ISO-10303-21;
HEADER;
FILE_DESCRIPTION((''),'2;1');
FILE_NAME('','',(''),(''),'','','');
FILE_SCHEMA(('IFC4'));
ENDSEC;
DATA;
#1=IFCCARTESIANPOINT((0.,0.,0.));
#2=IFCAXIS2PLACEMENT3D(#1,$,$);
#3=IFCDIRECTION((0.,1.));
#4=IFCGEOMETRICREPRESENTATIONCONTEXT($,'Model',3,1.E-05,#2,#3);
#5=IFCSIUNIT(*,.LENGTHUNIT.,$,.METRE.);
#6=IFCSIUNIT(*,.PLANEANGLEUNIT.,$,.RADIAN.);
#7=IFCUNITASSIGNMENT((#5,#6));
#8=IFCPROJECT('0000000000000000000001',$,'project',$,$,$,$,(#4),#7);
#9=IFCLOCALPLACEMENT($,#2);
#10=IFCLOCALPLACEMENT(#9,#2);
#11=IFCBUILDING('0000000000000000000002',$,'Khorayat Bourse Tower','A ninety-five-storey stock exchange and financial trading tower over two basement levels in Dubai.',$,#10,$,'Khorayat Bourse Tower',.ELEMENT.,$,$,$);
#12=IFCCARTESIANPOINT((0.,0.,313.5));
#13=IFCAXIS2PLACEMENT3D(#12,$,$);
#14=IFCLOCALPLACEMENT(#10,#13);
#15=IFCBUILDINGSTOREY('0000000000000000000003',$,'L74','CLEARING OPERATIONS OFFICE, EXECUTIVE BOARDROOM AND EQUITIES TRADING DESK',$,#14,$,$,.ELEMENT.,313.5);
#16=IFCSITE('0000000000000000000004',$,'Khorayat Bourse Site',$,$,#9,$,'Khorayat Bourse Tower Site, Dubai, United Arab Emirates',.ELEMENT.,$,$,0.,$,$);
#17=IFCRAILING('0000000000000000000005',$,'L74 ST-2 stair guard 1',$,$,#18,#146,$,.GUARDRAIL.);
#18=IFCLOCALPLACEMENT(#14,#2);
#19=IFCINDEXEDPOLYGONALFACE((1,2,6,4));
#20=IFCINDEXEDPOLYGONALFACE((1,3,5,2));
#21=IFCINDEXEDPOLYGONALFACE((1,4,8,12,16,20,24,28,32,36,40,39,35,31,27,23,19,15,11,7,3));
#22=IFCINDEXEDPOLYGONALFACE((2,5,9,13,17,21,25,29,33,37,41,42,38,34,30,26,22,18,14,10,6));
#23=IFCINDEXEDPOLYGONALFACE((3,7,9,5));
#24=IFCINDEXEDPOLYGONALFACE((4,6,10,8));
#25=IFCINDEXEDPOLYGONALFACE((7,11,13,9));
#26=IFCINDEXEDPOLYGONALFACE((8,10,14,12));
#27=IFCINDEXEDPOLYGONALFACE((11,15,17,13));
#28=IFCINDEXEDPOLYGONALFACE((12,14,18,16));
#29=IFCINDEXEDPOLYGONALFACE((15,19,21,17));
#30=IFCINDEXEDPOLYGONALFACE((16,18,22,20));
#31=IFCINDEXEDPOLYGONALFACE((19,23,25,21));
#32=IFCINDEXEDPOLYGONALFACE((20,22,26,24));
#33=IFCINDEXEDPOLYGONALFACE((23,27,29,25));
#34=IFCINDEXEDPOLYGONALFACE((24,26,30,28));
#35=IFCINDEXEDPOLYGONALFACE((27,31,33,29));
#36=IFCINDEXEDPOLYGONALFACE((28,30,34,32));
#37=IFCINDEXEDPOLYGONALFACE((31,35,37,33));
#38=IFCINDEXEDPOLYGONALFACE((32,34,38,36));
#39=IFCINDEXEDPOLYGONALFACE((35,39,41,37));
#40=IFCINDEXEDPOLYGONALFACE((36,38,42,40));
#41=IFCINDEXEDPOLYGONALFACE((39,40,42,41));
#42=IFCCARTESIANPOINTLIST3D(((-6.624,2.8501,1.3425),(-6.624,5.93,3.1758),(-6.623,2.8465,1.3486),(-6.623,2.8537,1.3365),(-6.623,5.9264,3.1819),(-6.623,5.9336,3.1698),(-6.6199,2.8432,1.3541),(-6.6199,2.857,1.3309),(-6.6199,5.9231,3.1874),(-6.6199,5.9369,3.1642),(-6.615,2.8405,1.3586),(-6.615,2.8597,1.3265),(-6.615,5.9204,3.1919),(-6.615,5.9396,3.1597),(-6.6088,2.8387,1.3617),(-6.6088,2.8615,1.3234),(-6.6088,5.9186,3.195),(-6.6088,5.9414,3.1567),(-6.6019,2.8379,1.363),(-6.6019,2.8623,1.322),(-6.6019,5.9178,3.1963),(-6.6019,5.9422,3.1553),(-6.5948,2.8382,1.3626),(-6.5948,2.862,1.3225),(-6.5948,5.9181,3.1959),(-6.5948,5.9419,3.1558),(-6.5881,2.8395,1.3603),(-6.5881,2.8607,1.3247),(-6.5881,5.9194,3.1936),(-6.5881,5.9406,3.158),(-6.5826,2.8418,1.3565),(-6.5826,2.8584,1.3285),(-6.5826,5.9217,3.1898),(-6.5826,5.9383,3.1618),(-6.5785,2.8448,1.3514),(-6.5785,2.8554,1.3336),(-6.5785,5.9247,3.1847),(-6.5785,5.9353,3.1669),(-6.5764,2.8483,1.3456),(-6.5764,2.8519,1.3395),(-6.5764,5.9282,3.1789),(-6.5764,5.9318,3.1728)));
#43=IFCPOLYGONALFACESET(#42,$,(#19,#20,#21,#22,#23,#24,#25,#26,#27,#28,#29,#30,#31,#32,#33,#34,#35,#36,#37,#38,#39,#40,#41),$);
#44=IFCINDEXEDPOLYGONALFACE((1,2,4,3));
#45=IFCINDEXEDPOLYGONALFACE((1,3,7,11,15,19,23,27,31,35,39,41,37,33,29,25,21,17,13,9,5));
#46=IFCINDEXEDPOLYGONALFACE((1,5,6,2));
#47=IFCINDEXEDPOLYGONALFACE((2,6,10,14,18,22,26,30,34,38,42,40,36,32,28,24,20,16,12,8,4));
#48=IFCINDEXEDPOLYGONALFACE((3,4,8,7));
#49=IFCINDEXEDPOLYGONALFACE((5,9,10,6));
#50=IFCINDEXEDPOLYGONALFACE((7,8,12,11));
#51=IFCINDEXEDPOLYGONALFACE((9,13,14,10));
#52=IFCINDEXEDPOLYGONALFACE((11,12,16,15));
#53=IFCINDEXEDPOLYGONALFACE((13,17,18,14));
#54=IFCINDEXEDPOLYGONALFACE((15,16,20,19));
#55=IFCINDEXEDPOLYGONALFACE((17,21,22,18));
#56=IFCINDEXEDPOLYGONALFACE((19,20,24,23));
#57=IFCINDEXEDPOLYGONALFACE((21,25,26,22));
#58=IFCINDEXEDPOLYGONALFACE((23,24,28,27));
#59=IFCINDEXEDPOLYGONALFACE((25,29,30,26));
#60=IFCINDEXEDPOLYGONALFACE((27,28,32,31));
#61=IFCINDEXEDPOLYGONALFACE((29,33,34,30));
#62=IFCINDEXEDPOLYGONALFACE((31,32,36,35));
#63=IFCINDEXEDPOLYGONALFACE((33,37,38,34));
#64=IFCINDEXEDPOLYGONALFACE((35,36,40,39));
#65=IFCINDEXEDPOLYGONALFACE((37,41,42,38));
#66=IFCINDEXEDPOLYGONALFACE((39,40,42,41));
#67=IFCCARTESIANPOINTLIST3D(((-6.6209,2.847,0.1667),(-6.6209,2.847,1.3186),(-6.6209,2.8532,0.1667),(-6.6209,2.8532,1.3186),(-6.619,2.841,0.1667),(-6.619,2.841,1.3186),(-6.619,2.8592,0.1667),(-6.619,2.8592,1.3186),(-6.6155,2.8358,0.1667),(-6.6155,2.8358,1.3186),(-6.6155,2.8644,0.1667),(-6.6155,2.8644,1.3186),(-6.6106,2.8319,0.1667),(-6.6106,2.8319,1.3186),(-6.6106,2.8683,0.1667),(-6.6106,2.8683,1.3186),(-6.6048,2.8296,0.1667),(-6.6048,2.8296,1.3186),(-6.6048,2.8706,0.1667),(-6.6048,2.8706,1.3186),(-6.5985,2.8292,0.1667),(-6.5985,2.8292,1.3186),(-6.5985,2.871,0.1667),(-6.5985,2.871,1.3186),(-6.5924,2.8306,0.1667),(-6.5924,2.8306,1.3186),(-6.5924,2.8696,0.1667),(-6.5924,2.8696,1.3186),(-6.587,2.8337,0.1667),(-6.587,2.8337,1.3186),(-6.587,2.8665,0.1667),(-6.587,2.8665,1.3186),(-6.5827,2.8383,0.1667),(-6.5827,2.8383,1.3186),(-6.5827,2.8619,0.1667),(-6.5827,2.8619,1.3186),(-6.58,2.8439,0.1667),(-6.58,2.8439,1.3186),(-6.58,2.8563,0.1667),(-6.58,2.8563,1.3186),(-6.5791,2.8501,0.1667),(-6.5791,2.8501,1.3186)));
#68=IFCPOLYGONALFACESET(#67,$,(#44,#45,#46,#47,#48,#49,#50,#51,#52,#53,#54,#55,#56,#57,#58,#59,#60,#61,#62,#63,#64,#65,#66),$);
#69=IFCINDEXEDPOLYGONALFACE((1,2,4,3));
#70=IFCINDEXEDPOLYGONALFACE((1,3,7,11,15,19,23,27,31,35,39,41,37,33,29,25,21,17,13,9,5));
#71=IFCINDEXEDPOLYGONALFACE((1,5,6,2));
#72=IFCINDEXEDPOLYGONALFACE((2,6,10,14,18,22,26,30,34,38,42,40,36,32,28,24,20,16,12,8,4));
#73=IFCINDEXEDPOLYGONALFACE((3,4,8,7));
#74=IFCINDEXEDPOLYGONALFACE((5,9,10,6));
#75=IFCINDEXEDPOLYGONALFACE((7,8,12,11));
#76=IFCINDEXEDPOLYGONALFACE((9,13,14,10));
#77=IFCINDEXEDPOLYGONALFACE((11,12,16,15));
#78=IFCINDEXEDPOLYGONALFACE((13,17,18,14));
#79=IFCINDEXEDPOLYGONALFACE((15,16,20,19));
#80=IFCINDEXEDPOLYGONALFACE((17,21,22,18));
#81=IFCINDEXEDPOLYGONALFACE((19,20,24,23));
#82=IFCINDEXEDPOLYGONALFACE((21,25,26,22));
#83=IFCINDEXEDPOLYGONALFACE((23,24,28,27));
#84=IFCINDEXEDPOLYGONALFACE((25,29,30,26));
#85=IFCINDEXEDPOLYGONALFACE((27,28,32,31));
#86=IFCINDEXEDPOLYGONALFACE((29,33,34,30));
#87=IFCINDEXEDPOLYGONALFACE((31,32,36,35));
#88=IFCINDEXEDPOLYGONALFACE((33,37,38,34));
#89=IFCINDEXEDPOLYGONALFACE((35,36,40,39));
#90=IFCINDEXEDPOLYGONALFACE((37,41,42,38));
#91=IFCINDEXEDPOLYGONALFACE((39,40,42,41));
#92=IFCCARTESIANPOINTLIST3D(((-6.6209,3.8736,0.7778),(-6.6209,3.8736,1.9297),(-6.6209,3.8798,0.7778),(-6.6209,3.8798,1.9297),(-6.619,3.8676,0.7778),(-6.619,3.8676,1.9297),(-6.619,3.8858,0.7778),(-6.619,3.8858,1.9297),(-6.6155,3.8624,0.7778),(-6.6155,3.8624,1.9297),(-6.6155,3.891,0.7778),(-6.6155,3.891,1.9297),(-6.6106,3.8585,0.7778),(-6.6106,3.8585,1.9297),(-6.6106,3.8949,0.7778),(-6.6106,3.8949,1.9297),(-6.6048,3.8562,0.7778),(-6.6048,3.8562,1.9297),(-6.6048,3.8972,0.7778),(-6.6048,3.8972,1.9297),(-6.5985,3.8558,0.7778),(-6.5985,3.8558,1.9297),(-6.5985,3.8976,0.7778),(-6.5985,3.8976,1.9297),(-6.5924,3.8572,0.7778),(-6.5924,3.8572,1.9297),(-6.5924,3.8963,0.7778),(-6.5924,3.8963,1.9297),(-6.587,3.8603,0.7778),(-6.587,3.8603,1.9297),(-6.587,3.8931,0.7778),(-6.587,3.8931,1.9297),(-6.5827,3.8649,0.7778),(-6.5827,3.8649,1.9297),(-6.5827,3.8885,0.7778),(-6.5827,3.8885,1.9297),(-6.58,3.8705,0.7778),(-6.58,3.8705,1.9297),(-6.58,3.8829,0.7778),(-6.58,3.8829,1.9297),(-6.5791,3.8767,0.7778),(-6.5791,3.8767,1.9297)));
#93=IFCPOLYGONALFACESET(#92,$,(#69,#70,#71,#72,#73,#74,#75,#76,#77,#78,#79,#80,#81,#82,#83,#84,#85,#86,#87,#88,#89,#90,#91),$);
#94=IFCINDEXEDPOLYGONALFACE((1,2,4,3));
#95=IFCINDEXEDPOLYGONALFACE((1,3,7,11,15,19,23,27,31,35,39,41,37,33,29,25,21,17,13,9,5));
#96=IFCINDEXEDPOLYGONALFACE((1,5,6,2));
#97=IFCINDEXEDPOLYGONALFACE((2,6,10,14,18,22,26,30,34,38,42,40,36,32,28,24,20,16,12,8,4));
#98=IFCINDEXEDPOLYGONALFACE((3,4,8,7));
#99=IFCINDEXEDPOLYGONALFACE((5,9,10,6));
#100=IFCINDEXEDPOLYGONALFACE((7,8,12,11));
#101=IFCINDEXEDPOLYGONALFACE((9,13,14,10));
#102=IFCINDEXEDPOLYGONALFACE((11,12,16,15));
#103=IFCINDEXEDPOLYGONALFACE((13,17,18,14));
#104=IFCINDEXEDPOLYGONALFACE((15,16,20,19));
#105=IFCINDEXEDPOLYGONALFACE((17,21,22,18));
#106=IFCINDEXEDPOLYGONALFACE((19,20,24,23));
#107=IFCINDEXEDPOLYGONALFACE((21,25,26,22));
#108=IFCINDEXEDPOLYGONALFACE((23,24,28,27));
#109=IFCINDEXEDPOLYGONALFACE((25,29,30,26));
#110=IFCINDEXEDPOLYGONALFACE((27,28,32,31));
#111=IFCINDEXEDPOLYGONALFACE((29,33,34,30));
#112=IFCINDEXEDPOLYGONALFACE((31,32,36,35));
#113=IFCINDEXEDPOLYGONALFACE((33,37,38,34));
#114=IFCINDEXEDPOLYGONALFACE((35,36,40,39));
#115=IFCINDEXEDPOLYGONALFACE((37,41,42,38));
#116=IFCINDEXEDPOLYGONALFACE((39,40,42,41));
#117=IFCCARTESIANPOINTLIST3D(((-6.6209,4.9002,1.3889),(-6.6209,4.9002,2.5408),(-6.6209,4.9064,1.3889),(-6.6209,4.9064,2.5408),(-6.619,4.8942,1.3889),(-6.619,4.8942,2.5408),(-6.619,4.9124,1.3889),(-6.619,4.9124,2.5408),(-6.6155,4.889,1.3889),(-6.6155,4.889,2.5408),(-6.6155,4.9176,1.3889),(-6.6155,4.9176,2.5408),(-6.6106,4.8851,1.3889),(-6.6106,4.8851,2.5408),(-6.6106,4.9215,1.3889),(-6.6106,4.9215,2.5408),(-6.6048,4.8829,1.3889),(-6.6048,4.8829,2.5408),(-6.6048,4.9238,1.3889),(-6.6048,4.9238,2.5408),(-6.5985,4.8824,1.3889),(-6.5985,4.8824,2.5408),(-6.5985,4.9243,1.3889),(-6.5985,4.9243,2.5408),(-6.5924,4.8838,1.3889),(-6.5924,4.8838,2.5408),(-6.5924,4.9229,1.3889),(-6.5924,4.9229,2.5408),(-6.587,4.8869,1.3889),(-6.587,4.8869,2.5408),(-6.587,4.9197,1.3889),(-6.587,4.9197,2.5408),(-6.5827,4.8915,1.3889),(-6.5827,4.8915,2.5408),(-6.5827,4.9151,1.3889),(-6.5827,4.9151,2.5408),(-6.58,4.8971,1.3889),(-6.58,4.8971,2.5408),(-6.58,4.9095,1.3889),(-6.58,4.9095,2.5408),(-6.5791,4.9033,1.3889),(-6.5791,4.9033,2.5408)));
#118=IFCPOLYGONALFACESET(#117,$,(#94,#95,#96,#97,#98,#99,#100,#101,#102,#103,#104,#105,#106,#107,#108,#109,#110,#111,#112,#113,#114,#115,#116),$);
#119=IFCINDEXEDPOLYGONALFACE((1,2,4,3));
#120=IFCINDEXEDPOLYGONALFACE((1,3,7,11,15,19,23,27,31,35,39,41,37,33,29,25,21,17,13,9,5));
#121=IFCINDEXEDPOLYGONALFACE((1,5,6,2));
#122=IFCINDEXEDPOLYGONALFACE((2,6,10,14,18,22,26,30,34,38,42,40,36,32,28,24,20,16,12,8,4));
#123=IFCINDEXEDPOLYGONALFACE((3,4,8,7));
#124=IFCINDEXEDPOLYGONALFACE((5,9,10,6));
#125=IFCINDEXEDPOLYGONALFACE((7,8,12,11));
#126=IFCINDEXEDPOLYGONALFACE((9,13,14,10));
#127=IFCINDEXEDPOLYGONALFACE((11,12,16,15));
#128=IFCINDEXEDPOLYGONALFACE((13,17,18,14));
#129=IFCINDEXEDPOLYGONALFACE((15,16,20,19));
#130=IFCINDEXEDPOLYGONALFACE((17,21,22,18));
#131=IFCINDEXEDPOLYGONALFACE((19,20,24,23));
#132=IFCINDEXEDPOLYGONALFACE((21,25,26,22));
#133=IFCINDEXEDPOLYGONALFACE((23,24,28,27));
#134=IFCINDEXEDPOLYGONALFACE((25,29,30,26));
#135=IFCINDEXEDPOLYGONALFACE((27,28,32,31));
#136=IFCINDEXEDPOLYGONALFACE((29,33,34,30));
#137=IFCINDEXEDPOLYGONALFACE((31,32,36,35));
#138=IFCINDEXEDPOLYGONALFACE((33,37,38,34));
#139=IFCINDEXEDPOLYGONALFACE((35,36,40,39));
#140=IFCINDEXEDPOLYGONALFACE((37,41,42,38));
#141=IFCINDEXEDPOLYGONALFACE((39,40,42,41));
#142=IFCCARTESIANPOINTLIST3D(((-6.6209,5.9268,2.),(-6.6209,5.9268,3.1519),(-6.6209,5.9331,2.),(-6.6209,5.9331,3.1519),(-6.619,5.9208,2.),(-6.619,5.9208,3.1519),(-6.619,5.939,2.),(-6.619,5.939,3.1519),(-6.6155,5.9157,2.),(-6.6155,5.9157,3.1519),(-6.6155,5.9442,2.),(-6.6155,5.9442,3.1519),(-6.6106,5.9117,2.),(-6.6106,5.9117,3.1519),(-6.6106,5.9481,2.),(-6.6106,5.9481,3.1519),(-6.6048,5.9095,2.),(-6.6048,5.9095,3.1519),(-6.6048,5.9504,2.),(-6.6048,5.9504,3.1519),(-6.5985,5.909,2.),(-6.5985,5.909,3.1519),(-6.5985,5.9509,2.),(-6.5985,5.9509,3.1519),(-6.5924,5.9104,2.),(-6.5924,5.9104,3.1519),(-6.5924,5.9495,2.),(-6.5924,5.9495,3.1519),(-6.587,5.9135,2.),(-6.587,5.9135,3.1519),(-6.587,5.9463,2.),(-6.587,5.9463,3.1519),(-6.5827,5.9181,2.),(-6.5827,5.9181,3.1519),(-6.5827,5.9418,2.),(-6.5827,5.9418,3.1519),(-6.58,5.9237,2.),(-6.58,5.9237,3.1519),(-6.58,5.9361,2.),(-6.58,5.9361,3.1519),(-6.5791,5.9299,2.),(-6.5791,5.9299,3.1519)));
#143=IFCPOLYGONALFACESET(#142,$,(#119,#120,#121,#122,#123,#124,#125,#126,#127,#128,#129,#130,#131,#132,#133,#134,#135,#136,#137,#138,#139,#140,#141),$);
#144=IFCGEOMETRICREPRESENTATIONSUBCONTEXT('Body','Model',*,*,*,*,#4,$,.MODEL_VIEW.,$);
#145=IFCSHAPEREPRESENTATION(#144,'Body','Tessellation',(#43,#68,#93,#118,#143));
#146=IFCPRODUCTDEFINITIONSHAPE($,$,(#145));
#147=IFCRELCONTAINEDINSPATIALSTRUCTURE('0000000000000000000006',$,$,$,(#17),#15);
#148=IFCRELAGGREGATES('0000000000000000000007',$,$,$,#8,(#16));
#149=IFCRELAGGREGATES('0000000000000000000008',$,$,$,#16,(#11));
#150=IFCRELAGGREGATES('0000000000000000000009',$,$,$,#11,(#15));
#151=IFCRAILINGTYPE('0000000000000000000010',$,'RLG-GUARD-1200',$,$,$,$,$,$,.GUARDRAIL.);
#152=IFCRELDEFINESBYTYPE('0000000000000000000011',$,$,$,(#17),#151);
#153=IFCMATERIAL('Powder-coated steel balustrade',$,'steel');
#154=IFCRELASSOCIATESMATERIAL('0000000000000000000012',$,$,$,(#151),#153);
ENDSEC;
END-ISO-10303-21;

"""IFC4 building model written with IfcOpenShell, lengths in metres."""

from ifc_helpers import new_model, si_unit, direction, frame, origin, origin_2d, place, context, subcontext, project, spatial, circle, extrude, source, transform, mapped, material, type_object, element, save


model = new_model("IFC4")

# Units and contexts
model_context = context("Model", 3, precision=1e-05, world=origin(), true_north=direction((0.0, 1.0)))
body_context = subcontext(model_context, "Body", "Model", "MODEL_VIEW")
ifc_project = project(units=[si_unit("LENGTHUNIT", "METRE"), si_unit("PLANEANGLEUNIT", "RADIAN")], contexts=[model_context])

# Site, building, storey
site_placement = place(None, origin())
site = spatial("IfcSite", under=ifc_project, at=site_placement, Name="Khorayat Bourse Site", LongName="Khorayat Bourse Tower Site, Dubai, United Arab Emirates", CompositionType="ELEMENT", RefElevation=0.0)
building_placement = place(site_placement, origin())
building = spatial("IfcBuilding", under=site, at=building_placement, Name="Khorayat Bourse Tower", Description="A ninety-five-storey stock exchange and financial trading tower over two basement levels in Dubai.", LongName="Khorayat Bourse Tower", CompositionType="ELEMENT")
storey_placement = place(building_placement, frame((0.0, 0.0, 313.5)))
storey = spatial("IfcBuildingStorey", under=building, at=storey_placement, Name="L74", Description="CLEARING OPERATIONS OFFICE, EXECUTIVE BOARDROOM AND EQUITIES TRADING DESK", CompositionType="ELEMENT", Elevation=313.5)

# Railing
ifc_material_1 = material(Name="Powder-coated steel balustrade", Category="steel")
railing_type_1 = type_object("IfcRailingType", Name="RLG-GUARD-1200", PredefinedType="GUARDRAIL", material=ifc_material_1)
shared_shape_1 = source(origin(), body_context, "Body", "SweptSolid", [
    extrude(circle(Radius=0.0239, at=origin_2d()), frame((0.0, 0.0, 1.1758), z_axis=(0.0, 0.859291, 0.511487), x_axis=(-1.0, 0.0, 0.0)), (0.0, 0.0, 1.0), 3.5842),
    extrude(circle(Radius=0.021, at=origin_2d()), origin(), (0.0, 0.0, 1.0), 1.1519),
    extrude(circle(Radius=0.021, at=origin_2d()), frame((0.0, 1.0266, 0.6111)), (0.0, 0.0, 1.0), 1.1519),
    extrude(circle(Radius=0.021, at=origin_2d()), frame((0.0, 2.0532, 1.2222)), (0.0, 0.0, 1.0), 1.1519),
    extrude(circle(Radius=0.021, at=origin_2d()), frame((0.0, 3.0798, 1.8333)), (0.0, 0.0, 1.0), 1.1519),
])
railing_1_placement = place(storey_placement, frame((-6.6001, 2.8501, 0.1667)))
element("IfcRailing", 1, at=railing_1_placement, inside=storey, type_object=railing_type_1, Name="L74 ST-2 stair guard 1", PredefinedType="GUARDRAIL", context=body_context, shape_type="MappedRepresentation", body=[
    mapped(shared_shape_1, transform((0.0, 0.0, 0.0), scale=1.0)),
])

save(model, "model.ifc")
